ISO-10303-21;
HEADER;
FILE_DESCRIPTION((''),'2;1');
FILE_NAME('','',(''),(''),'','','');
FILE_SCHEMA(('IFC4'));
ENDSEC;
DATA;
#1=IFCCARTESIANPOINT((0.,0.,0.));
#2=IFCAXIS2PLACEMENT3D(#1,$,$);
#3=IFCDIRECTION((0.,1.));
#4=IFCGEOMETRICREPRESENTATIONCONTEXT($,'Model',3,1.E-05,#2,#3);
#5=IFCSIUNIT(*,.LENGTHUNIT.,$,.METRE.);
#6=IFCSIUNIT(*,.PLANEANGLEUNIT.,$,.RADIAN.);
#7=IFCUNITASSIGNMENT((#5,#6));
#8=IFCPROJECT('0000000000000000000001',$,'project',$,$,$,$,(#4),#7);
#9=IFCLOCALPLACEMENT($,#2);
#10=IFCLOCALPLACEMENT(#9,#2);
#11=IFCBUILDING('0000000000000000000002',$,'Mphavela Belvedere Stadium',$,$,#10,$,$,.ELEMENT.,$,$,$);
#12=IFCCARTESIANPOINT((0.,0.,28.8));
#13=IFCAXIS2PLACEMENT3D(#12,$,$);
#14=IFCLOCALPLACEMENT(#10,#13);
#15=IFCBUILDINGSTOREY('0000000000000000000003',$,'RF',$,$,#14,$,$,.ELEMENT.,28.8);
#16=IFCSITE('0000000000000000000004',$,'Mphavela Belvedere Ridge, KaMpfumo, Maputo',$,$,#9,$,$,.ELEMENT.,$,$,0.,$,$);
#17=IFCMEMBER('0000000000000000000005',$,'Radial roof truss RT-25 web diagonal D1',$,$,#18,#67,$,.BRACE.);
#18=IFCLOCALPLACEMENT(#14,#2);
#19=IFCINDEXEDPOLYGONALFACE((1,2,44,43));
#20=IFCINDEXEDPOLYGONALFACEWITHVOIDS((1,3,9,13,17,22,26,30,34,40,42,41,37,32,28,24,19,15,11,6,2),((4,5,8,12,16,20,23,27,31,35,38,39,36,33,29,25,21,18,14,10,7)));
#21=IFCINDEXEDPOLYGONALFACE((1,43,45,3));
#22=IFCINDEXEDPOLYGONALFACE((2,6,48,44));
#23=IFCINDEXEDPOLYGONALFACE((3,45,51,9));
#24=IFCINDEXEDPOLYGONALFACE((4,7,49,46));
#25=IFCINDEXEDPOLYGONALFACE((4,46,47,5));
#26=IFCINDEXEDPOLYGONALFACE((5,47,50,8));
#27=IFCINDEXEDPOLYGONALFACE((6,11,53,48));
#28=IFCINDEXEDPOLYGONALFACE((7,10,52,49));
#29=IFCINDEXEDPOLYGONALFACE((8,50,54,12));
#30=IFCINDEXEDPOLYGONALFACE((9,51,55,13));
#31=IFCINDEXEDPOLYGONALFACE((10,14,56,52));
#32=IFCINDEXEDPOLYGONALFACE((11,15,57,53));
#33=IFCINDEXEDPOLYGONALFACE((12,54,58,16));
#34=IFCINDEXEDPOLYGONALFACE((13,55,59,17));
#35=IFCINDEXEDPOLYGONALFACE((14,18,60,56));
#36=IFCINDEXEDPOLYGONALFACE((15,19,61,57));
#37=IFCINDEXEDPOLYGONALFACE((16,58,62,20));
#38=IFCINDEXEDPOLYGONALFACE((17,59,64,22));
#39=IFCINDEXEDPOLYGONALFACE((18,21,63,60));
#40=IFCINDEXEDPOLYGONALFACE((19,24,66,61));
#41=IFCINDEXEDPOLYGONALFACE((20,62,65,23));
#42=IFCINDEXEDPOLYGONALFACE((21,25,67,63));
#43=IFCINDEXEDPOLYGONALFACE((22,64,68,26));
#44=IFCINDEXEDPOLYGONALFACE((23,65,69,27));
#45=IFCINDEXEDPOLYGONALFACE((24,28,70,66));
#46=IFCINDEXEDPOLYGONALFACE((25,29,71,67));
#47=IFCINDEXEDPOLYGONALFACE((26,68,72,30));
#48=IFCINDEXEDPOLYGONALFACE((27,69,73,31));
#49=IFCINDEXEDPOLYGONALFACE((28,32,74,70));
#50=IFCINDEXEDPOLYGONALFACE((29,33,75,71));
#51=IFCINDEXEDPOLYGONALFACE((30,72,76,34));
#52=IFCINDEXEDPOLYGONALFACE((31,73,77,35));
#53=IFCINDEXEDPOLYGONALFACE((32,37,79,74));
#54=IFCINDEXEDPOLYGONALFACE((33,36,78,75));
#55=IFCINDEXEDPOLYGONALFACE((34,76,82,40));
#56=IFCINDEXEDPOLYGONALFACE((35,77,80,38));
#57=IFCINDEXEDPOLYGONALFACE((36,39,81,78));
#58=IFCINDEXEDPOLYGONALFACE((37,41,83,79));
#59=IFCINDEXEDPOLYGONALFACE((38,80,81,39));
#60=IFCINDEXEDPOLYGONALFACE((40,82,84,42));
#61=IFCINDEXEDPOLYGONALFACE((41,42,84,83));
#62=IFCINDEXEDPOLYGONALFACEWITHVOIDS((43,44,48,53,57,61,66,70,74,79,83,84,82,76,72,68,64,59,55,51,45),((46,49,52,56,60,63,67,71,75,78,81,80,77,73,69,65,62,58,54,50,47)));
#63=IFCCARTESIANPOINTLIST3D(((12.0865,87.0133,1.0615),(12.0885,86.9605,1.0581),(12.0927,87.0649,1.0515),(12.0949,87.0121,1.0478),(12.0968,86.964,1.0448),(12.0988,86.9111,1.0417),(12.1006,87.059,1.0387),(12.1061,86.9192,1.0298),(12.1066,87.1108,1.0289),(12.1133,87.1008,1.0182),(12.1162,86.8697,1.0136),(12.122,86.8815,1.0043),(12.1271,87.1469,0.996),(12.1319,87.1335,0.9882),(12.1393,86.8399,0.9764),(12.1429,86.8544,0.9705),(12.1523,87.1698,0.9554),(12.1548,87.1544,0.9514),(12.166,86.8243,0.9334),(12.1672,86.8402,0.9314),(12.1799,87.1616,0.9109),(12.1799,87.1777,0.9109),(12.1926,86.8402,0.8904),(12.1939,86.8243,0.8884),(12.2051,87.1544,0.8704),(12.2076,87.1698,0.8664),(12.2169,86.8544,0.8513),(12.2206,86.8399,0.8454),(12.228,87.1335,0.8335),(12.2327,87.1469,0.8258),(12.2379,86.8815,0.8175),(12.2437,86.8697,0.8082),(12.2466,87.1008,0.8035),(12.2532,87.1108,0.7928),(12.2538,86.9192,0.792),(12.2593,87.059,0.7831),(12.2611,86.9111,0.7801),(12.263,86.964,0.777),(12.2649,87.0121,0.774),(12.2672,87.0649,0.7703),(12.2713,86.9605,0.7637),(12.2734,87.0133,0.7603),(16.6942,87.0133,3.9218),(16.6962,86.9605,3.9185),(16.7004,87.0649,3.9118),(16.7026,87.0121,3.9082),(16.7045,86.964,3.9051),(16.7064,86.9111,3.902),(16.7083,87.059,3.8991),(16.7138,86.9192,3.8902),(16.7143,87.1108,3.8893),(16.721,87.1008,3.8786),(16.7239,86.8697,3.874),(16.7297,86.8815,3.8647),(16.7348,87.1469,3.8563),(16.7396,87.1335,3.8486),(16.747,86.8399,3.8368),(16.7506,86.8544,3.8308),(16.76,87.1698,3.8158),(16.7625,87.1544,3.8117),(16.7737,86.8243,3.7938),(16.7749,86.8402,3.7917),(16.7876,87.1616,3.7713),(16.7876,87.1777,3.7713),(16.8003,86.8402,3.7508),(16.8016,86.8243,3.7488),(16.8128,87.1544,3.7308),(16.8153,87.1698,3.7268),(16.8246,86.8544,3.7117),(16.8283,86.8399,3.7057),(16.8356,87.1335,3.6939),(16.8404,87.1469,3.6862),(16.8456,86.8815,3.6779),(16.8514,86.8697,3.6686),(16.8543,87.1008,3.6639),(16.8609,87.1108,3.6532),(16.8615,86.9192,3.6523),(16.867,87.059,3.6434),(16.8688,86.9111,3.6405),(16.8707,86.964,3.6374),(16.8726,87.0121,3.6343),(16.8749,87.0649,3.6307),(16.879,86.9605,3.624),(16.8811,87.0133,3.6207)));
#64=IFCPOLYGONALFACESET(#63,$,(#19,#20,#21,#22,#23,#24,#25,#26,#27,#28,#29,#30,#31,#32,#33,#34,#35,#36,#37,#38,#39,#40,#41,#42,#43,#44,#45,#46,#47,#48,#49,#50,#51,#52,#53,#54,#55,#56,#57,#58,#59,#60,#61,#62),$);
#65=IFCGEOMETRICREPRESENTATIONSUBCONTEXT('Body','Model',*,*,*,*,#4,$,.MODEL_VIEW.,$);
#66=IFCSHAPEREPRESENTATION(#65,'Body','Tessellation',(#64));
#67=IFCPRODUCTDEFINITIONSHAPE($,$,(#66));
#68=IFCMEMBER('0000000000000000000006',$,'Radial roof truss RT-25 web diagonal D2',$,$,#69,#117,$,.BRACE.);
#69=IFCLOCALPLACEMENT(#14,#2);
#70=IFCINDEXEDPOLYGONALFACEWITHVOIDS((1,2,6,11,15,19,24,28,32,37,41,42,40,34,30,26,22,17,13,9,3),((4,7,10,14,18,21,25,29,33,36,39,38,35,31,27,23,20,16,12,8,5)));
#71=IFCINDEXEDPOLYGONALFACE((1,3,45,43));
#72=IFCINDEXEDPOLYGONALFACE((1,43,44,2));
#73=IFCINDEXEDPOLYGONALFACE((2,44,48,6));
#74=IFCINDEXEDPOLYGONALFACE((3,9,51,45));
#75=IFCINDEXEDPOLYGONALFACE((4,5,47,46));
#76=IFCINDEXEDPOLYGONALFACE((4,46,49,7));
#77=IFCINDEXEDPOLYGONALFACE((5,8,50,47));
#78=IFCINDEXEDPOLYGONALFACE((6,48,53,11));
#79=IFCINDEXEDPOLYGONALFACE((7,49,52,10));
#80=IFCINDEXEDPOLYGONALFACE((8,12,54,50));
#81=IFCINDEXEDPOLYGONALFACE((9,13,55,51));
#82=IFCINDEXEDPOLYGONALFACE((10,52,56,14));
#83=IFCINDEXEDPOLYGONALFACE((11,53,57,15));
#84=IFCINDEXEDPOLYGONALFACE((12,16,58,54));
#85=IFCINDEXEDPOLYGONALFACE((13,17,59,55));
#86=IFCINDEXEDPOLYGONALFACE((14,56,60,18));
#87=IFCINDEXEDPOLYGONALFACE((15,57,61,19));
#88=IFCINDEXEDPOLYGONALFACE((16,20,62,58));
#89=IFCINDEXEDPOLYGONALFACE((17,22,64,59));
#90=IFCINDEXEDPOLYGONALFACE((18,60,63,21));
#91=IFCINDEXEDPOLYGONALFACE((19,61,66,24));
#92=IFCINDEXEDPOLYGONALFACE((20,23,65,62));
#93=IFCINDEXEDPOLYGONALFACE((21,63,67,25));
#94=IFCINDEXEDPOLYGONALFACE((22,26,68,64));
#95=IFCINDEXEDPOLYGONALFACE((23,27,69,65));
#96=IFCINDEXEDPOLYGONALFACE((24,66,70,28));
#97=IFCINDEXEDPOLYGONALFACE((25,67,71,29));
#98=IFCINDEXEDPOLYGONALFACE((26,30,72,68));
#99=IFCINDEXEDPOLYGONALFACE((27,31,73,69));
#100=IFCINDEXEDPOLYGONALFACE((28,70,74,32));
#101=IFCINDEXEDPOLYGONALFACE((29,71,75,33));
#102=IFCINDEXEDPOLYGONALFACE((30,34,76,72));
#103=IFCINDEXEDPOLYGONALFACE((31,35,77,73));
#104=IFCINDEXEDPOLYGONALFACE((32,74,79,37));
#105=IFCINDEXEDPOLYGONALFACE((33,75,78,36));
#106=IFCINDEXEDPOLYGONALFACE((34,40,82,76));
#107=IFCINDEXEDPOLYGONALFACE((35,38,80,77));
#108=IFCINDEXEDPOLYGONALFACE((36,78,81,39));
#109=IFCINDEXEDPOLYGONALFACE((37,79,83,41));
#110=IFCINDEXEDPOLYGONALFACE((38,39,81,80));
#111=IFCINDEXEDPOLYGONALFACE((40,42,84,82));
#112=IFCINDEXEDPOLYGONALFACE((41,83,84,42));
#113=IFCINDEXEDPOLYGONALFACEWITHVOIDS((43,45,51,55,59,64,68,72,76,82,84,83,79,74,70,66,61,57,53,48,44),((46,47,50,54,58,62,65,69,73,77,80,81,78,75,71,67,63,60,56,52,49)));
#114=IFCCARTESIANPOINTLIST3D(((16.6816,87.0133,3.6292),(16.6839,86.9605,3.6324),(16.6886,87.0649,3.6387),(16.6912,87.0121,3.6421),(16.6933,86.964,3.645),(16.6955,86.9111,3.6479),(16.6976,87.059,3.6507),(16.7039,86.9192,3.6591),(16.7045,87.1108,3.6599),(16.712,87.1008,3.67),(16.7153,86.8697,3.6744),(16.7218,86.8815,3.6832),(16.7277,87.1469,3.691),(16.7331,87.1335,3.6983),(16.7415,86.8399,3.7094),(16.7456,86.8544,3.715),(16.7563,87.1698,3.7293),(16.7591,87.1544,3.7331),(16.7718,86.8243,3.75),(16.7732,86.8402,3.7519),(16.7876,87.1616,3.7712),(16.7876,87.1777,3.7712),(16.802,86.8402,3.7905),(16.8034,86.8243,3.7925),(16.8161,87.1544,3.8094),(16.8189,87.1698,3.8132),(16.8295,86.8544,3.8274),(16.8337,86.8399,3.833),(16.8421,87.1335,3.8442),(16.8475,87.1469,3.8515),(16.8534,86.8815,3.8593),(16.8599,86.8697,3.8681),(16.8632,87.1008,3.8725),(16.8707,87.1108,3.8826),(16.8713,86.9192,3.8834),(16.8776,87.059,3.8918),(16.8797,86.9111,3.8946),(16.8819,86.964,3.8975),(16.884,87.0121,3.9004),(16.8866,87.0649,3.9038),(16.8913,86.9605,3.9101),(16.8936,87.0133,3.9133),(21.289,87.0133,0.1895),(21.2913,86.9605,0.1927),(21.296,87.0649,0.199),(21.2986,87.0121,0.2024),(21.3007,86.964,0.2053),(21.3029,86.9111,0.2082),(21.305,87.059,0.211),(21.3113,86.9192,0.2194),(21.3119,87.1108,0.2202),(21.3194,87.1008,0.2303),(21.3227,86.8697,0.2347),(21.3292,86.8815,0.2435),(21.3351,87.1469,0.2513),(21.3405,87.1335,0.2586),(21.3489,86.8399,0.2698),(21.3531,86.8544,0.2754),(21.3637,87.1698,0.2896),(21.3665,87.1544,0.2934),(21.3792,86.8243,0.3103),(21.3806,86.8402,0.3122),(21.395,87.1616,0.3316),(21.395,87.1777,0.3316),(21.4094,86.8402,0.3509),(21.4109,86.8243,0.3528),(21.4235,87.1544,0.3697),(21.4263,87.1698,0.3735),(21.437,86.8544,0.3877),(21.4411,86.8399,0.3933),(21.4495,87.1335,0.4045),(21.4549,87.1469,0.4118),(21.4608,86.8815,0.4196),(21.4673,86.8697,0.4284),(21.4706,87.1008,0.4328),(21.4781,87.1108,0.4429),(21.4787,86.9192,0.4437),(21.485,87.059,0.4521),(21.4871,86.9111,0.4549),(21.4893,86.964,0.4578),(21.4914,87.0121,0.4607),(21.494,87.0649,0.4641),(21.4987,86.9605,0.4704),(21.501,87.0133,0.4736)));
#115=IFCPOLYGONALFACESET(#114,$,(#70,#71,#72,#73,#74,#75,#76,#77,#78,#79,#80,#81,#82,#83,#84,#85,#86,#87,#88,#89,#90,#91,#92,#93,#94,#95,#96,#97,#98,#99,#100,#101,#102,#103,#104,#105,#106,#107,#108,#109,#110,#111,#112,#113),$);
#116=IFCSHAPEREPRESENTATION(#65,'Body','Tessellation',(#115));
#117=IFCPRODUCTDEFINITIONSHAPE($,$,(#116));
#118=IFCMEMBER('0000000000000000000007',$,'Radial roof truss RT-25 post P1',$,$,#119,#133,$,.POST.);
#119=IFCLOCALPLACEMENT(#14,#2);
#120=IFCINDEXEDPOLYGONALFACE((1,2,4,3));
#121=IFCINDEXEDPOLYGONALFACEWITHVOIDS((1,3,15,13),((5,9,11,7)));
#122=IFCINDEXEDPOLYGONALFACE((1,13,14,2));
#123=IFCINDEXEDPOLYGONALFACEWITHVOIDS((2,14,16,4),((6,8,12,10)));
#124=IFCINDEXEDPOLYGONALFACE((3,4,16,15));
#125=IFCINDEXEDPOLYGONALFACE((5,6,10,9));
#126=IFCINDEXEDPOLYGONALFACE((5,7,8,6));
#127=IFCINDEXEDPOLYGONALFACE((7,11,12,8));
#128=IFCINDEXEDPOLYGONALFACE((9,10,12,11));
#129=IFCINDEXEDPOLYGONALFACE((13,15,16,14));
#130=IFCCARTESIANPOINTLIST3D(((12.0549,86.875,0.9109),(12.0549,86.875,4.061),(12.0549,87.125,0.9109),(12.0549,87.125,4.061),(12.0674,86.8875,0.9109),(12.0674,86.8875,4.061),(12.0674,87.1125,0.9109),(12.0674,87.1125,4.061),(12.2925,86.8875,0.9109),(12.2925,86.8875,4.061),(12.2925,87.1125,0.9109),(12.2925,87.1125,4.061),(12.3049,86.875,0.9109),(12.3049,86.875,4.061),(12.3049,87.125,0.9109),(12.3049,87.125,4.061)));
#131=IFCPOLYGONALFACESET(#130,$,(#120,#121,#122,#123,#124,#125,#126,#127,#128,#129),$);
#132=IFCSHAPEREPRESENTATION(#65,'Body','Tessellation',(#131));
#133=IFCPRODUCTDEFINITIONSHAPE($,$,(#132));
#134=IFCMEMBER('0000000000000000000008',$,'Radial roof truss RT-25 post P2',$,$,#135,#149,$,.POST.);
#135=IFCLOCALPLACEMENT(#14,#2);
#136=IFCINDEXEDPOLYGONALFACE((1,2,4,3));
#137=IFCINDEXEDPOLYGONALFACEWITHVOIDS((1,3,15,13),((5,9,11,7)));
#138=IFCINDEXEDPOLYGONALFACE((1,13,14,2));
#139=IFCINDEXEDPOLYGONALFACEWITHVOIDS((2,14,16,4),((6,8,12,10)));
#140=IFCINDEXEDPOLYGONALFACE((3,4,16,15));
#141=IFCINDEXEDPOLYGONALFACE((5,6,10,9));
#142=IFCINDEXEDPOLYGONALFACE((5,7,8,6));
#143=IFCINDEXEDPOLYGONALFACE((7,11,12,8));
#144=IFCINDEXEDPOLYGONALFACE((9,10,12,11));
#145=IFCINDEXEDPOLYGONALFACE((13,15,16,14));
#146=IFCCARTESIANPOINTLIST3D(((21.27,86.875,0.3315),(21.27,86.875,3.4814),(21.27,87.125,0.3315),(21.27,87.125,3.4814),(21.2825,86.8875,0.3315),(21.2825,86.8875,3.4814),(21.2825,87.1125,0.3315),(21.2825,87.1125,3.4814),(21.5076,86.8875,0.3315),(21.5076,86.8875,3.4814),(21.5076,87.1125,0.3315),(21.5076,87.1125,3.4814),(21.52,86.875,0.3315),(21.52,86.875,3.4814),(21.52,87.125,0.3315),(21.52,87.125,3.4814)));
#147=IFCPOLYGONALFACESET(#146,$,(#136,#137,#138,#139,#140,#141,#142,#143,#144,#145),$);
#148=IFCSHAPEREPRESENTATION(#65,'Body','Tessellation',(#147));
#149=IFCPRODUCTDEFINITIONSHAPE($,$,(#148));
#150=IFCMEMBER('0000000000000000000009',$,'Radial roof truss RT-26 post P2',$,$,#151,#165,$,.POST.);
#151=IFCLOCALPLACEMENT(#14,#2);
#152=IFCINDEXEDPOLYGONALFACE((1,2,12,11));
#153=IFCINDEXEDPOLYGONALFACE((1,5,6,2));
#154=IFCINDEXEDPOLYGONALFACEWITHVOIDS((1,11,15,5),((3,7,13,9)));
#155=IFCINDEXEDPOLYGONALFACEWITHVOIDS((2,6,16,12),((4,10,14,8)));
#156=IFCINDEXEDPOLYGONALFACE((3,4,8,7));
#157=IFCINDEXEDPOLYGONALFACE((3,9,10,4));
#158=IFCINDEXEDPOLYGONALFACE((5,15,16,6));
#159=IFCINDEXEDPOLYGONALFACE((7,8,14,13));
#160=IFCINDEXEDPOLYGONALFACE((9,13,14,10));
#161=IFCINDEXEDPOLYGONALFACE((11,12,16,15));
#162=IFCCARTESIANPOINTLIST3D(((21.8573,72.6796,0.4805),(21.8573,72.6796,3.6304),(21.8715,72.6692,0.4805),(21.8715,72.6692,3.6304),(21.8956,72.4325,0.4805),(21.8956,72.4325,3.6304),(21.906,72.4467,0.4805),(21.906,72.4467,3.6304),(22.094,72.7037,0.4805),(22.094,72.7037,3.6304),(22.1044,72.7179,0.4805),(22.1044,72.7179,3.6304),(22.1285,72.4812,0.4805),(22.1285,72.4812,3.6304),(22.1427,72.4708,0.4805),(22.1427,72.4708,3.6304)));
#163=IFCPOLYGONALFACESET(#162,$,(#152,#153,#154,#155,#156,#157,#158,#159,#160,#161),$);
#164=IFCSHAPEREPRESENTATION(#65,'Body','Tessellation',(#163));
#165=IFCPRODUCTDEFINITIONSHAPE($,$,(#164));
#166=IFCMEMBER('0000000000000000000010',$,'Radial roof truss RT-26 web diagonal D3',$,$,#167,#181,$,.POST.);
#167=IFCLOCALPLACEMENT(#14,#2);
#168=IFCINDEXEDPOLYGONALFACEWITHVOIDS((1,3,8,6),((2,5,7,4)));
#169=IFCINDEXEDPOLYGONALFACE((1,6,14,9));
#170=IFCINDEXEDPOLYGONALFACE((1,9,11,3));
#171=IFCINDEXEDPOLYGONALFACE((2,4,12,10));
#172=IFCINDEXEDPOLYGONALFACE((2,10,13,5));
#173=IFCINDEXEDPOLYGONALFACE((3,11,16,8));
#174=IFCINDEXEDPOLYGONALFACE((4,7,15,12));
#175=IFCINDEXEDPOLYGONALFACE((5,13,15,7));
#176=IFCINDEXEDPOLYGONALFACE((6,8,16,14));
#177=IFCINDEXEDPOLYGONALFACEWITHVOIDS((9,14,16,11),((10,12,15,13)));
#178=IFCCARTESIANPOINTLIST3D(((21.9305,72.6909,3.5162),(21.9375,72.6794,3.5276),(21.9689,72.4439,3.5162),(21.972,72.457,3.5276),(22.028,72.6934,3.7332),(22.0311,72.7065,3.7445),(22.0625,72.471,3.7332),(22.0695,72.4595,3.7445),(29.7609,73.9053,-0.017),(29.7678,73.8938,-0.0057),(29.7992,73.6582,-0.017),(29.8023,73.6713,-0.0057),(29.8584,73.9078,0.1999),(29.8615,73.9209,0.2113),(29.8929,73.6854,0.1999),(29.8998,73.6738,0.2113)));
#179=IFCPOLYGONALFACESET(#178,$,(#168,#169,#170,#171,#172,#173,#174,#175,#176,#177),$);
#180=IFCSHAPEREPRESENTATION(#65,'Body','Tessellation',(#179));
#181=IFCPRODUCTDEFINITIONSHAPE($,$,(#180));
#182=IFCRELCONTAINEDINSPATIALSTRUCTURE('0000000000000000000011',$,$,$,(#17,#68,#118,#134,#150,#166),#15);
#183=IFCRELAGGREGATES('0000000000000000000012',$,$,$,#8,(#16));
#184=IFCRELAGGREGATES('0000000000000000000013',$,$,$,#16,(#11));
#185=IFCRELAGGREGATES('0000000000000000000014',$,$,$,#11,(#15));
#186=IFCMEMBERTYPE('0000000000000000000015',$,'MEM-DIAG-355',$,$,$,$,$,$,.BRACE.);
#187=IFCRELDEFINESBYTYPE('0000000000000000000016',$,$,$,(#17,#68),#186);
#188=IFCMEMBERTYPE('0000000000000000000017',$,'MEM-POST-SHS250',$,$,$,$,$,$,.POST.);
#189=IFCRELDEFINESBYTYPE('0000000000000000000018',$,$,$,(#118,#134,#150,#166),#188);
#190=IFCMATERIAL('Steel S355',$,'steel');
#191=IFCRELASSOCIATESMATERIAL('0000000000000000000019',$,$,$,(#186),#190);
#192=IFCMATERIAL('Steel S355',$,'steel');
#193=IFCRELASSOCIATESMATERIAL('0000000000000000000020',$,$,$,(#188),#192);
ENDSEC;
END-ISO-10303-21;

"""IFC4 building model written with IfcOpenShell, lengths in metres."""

from ifc_helpers import new_model, si_unit, direction, frame, origin, origin_2d, place, context, subcontext, project, spatial, hollow_rectangle, hollow_circle, extrude, material, material_profile, profile_set, type_object, element, save


model = new_model("IFC4")

# Units and contexts
model_context = context("Model", 3, precision=1e-05, world=origin(), true_north=direction((0.0, 1.0)))
body_context = subcontext(model_context, "Body", "Model", "MODEL_VIEW")
ifc_project = project(units=[si_unit("LENGTHUNIT", "METRE"), si_unit("PLANEANGLEUNIT", "RADIAN")], contexts=[model_context])

# Site, building, storey
site_placement = place(None, origin())
site = spatial("IfcSite", under=ifc_project, at=site_placement, Name="Mphavela Belvedere Ridge, KaMpfumo, Maputo", CompositionType="ELEMENT", RefElevation=0.0)
building_placement = place(site_placement, origin())
building = spatial("IfcBuilding", under=site, at=building_placement, Name="Mphavela Belvedere Stadium", CompositionType="ELEMENT")
storey_placement = place(building_placement, frame((0.0, 0.0, 28.8)))
storey = spatial("IfcBuildingStorey", under=building, at=storey_placement, Name="RF", CompositionType="ELEMENT", Elevation=28.8)

# Members
ifc_material_1 = material(Name="Steel S355", Category="steel")
ifc_material_profile_1 = material_profile(ifc_material_1, hollow_circle(Radius=0.1777, WallThickness=0.0161, at=origin_2d()), Name="CHS 355.6x16")
ifc_profile_set_1 = profile_set([ifc_material_profile_1], Name="Steel S355")
member_type_1 = type_object("IfcMemberType", Name="MEM-DIAG-355", PredefinedType="BRACE", material=ifc_profile_set_1)
member_1_placement = place(storey_placement, frame((12.1799, 87.0, 0.9109), z_axis=(0.849605, 0.0, 0.527419), x_axis=(0.0, 1.0, 0.0)))
element("IfcMember", 1, at=member_1_placement, inside=storey, type_object=member_type_1, Name="Radial roof truss RT-25 web diagonal D1", PredefinedType="BRACE", context=body_context, shape_type="SweptSolid", body=[
    extrude(hollow_circle(Radius=0.1777, WallThickness=0.0161, at=origin_2d()), origin(), (0.0, 0.0, 1.0), 5.4233),
])
member_2_placement = place(storey_placement, frame((16.7876, 87.0, 3.7712), z_axis=(0.801323, 0.0, -0.598232), x_axis=(0.0, 1.0, 0.0)))
element("IfcMember", 2, at=member_2_placement, inside=storey, type_object=member_type_1, Name="Radial roof truss RT-25 web diagonal D2", PredefinedType="BRACE", context=body_context, shape_type="SweptSolid", body=[
    extrude(hollow_circle(Radius=0.1777, WallThickness=0.0161, at=origin_2d()), origin(), (0.0, 0.0, 1.0), 5.7498),
])
ifc_material_2 = material(Name="Steel S355", Category="steel")
ifc_material_profile_2 = material_profile(ifc_material_2, hollow_rectangle(XDim=0.25, YDim=0.25, WallThickness=0.0125, at=origin_2d()), Name="SHS 250x250x12.5")
ifc_profile_set_2 = profile_set([ifc_material_profile_2], Name="Steel S355")
member_type_2 = type_object("IfcMemberType", Name="MEM-POST-SHS250", PredefinedType="POST", material=ifc_profile_set_2)
member_3_placement = place(storey_placement, frame((12.1799, 87.0, 0.9109), z_axis=(0.0, 0.0, 1.0), x_axis=(-1.0, 0.0, 0.0)))
element("IfcMember", 3, at=member_3_placement, inside=storey, type_object=member_type_2, Name="Radial roof truss RT-25 post P1", PredefinedType="POST", context=body_context, shape_type="SweptSolid", body=[
    extrude(hollow_rectangle(XDim=0.25, YDim=0.25, WallThickness=0.0125, at=origin_2d()), origin(), (0.0, 0.0, 1.0), 3.1501),
])
for number, where, z_axis, x_axis, name in (
    (4, (21.395, 87.0, 0.3315), (0.0, 0.0, 1.0), (-1.0, 0.0, 0.0), "Radial roof truss RT-25 post P2"),
    (5, (22.0, 72.5752, 0.4805), (0.0, 0.0, 1.0), (-0.988175, -0.153331, 0.0), "Radial roof truss RT-26 post P2"),
):
    element("IfcMember", number, at=place(storey_placement, frame(where, z_axis=z_axis, x_axis=x_axis)), inside=storey, type_object=member_type_2, Name=name, PredefinedType="POST", context=body_context, shape_type="SweptSolid", body=[
        extrude(hollow_rectangle(XDim=0.25, YDim=0.25, WallThickness=0.0125, at=origin_2d()), origin(), (0.0, 0.0, 1.0), 3.1499),
    ])
member_4_placement = place(storey_placement, frame((22.0, 72.5752, 3.6304), z_axis=(0.902532, 0.139968, -0.407241), x_axis=(-0.153252, 0.988187, 0.0)))
element("IfcMember", 6, at=member_4_placement, inside=storey, type_object=member_type_2, Name="Radial roof truss RT-26 web diagonal D3", PredefinedType="POST", context=body_context, shape_type="SweptSolid", body=[
    extrude(hollow_rectangle(XDim=0.25, YDim=0.25, WallThickness=0.0125, at=origin_2d()), origin(), (0.0, 0.0, 1.0), 8.676),
])

save(model, "model.ifc")
